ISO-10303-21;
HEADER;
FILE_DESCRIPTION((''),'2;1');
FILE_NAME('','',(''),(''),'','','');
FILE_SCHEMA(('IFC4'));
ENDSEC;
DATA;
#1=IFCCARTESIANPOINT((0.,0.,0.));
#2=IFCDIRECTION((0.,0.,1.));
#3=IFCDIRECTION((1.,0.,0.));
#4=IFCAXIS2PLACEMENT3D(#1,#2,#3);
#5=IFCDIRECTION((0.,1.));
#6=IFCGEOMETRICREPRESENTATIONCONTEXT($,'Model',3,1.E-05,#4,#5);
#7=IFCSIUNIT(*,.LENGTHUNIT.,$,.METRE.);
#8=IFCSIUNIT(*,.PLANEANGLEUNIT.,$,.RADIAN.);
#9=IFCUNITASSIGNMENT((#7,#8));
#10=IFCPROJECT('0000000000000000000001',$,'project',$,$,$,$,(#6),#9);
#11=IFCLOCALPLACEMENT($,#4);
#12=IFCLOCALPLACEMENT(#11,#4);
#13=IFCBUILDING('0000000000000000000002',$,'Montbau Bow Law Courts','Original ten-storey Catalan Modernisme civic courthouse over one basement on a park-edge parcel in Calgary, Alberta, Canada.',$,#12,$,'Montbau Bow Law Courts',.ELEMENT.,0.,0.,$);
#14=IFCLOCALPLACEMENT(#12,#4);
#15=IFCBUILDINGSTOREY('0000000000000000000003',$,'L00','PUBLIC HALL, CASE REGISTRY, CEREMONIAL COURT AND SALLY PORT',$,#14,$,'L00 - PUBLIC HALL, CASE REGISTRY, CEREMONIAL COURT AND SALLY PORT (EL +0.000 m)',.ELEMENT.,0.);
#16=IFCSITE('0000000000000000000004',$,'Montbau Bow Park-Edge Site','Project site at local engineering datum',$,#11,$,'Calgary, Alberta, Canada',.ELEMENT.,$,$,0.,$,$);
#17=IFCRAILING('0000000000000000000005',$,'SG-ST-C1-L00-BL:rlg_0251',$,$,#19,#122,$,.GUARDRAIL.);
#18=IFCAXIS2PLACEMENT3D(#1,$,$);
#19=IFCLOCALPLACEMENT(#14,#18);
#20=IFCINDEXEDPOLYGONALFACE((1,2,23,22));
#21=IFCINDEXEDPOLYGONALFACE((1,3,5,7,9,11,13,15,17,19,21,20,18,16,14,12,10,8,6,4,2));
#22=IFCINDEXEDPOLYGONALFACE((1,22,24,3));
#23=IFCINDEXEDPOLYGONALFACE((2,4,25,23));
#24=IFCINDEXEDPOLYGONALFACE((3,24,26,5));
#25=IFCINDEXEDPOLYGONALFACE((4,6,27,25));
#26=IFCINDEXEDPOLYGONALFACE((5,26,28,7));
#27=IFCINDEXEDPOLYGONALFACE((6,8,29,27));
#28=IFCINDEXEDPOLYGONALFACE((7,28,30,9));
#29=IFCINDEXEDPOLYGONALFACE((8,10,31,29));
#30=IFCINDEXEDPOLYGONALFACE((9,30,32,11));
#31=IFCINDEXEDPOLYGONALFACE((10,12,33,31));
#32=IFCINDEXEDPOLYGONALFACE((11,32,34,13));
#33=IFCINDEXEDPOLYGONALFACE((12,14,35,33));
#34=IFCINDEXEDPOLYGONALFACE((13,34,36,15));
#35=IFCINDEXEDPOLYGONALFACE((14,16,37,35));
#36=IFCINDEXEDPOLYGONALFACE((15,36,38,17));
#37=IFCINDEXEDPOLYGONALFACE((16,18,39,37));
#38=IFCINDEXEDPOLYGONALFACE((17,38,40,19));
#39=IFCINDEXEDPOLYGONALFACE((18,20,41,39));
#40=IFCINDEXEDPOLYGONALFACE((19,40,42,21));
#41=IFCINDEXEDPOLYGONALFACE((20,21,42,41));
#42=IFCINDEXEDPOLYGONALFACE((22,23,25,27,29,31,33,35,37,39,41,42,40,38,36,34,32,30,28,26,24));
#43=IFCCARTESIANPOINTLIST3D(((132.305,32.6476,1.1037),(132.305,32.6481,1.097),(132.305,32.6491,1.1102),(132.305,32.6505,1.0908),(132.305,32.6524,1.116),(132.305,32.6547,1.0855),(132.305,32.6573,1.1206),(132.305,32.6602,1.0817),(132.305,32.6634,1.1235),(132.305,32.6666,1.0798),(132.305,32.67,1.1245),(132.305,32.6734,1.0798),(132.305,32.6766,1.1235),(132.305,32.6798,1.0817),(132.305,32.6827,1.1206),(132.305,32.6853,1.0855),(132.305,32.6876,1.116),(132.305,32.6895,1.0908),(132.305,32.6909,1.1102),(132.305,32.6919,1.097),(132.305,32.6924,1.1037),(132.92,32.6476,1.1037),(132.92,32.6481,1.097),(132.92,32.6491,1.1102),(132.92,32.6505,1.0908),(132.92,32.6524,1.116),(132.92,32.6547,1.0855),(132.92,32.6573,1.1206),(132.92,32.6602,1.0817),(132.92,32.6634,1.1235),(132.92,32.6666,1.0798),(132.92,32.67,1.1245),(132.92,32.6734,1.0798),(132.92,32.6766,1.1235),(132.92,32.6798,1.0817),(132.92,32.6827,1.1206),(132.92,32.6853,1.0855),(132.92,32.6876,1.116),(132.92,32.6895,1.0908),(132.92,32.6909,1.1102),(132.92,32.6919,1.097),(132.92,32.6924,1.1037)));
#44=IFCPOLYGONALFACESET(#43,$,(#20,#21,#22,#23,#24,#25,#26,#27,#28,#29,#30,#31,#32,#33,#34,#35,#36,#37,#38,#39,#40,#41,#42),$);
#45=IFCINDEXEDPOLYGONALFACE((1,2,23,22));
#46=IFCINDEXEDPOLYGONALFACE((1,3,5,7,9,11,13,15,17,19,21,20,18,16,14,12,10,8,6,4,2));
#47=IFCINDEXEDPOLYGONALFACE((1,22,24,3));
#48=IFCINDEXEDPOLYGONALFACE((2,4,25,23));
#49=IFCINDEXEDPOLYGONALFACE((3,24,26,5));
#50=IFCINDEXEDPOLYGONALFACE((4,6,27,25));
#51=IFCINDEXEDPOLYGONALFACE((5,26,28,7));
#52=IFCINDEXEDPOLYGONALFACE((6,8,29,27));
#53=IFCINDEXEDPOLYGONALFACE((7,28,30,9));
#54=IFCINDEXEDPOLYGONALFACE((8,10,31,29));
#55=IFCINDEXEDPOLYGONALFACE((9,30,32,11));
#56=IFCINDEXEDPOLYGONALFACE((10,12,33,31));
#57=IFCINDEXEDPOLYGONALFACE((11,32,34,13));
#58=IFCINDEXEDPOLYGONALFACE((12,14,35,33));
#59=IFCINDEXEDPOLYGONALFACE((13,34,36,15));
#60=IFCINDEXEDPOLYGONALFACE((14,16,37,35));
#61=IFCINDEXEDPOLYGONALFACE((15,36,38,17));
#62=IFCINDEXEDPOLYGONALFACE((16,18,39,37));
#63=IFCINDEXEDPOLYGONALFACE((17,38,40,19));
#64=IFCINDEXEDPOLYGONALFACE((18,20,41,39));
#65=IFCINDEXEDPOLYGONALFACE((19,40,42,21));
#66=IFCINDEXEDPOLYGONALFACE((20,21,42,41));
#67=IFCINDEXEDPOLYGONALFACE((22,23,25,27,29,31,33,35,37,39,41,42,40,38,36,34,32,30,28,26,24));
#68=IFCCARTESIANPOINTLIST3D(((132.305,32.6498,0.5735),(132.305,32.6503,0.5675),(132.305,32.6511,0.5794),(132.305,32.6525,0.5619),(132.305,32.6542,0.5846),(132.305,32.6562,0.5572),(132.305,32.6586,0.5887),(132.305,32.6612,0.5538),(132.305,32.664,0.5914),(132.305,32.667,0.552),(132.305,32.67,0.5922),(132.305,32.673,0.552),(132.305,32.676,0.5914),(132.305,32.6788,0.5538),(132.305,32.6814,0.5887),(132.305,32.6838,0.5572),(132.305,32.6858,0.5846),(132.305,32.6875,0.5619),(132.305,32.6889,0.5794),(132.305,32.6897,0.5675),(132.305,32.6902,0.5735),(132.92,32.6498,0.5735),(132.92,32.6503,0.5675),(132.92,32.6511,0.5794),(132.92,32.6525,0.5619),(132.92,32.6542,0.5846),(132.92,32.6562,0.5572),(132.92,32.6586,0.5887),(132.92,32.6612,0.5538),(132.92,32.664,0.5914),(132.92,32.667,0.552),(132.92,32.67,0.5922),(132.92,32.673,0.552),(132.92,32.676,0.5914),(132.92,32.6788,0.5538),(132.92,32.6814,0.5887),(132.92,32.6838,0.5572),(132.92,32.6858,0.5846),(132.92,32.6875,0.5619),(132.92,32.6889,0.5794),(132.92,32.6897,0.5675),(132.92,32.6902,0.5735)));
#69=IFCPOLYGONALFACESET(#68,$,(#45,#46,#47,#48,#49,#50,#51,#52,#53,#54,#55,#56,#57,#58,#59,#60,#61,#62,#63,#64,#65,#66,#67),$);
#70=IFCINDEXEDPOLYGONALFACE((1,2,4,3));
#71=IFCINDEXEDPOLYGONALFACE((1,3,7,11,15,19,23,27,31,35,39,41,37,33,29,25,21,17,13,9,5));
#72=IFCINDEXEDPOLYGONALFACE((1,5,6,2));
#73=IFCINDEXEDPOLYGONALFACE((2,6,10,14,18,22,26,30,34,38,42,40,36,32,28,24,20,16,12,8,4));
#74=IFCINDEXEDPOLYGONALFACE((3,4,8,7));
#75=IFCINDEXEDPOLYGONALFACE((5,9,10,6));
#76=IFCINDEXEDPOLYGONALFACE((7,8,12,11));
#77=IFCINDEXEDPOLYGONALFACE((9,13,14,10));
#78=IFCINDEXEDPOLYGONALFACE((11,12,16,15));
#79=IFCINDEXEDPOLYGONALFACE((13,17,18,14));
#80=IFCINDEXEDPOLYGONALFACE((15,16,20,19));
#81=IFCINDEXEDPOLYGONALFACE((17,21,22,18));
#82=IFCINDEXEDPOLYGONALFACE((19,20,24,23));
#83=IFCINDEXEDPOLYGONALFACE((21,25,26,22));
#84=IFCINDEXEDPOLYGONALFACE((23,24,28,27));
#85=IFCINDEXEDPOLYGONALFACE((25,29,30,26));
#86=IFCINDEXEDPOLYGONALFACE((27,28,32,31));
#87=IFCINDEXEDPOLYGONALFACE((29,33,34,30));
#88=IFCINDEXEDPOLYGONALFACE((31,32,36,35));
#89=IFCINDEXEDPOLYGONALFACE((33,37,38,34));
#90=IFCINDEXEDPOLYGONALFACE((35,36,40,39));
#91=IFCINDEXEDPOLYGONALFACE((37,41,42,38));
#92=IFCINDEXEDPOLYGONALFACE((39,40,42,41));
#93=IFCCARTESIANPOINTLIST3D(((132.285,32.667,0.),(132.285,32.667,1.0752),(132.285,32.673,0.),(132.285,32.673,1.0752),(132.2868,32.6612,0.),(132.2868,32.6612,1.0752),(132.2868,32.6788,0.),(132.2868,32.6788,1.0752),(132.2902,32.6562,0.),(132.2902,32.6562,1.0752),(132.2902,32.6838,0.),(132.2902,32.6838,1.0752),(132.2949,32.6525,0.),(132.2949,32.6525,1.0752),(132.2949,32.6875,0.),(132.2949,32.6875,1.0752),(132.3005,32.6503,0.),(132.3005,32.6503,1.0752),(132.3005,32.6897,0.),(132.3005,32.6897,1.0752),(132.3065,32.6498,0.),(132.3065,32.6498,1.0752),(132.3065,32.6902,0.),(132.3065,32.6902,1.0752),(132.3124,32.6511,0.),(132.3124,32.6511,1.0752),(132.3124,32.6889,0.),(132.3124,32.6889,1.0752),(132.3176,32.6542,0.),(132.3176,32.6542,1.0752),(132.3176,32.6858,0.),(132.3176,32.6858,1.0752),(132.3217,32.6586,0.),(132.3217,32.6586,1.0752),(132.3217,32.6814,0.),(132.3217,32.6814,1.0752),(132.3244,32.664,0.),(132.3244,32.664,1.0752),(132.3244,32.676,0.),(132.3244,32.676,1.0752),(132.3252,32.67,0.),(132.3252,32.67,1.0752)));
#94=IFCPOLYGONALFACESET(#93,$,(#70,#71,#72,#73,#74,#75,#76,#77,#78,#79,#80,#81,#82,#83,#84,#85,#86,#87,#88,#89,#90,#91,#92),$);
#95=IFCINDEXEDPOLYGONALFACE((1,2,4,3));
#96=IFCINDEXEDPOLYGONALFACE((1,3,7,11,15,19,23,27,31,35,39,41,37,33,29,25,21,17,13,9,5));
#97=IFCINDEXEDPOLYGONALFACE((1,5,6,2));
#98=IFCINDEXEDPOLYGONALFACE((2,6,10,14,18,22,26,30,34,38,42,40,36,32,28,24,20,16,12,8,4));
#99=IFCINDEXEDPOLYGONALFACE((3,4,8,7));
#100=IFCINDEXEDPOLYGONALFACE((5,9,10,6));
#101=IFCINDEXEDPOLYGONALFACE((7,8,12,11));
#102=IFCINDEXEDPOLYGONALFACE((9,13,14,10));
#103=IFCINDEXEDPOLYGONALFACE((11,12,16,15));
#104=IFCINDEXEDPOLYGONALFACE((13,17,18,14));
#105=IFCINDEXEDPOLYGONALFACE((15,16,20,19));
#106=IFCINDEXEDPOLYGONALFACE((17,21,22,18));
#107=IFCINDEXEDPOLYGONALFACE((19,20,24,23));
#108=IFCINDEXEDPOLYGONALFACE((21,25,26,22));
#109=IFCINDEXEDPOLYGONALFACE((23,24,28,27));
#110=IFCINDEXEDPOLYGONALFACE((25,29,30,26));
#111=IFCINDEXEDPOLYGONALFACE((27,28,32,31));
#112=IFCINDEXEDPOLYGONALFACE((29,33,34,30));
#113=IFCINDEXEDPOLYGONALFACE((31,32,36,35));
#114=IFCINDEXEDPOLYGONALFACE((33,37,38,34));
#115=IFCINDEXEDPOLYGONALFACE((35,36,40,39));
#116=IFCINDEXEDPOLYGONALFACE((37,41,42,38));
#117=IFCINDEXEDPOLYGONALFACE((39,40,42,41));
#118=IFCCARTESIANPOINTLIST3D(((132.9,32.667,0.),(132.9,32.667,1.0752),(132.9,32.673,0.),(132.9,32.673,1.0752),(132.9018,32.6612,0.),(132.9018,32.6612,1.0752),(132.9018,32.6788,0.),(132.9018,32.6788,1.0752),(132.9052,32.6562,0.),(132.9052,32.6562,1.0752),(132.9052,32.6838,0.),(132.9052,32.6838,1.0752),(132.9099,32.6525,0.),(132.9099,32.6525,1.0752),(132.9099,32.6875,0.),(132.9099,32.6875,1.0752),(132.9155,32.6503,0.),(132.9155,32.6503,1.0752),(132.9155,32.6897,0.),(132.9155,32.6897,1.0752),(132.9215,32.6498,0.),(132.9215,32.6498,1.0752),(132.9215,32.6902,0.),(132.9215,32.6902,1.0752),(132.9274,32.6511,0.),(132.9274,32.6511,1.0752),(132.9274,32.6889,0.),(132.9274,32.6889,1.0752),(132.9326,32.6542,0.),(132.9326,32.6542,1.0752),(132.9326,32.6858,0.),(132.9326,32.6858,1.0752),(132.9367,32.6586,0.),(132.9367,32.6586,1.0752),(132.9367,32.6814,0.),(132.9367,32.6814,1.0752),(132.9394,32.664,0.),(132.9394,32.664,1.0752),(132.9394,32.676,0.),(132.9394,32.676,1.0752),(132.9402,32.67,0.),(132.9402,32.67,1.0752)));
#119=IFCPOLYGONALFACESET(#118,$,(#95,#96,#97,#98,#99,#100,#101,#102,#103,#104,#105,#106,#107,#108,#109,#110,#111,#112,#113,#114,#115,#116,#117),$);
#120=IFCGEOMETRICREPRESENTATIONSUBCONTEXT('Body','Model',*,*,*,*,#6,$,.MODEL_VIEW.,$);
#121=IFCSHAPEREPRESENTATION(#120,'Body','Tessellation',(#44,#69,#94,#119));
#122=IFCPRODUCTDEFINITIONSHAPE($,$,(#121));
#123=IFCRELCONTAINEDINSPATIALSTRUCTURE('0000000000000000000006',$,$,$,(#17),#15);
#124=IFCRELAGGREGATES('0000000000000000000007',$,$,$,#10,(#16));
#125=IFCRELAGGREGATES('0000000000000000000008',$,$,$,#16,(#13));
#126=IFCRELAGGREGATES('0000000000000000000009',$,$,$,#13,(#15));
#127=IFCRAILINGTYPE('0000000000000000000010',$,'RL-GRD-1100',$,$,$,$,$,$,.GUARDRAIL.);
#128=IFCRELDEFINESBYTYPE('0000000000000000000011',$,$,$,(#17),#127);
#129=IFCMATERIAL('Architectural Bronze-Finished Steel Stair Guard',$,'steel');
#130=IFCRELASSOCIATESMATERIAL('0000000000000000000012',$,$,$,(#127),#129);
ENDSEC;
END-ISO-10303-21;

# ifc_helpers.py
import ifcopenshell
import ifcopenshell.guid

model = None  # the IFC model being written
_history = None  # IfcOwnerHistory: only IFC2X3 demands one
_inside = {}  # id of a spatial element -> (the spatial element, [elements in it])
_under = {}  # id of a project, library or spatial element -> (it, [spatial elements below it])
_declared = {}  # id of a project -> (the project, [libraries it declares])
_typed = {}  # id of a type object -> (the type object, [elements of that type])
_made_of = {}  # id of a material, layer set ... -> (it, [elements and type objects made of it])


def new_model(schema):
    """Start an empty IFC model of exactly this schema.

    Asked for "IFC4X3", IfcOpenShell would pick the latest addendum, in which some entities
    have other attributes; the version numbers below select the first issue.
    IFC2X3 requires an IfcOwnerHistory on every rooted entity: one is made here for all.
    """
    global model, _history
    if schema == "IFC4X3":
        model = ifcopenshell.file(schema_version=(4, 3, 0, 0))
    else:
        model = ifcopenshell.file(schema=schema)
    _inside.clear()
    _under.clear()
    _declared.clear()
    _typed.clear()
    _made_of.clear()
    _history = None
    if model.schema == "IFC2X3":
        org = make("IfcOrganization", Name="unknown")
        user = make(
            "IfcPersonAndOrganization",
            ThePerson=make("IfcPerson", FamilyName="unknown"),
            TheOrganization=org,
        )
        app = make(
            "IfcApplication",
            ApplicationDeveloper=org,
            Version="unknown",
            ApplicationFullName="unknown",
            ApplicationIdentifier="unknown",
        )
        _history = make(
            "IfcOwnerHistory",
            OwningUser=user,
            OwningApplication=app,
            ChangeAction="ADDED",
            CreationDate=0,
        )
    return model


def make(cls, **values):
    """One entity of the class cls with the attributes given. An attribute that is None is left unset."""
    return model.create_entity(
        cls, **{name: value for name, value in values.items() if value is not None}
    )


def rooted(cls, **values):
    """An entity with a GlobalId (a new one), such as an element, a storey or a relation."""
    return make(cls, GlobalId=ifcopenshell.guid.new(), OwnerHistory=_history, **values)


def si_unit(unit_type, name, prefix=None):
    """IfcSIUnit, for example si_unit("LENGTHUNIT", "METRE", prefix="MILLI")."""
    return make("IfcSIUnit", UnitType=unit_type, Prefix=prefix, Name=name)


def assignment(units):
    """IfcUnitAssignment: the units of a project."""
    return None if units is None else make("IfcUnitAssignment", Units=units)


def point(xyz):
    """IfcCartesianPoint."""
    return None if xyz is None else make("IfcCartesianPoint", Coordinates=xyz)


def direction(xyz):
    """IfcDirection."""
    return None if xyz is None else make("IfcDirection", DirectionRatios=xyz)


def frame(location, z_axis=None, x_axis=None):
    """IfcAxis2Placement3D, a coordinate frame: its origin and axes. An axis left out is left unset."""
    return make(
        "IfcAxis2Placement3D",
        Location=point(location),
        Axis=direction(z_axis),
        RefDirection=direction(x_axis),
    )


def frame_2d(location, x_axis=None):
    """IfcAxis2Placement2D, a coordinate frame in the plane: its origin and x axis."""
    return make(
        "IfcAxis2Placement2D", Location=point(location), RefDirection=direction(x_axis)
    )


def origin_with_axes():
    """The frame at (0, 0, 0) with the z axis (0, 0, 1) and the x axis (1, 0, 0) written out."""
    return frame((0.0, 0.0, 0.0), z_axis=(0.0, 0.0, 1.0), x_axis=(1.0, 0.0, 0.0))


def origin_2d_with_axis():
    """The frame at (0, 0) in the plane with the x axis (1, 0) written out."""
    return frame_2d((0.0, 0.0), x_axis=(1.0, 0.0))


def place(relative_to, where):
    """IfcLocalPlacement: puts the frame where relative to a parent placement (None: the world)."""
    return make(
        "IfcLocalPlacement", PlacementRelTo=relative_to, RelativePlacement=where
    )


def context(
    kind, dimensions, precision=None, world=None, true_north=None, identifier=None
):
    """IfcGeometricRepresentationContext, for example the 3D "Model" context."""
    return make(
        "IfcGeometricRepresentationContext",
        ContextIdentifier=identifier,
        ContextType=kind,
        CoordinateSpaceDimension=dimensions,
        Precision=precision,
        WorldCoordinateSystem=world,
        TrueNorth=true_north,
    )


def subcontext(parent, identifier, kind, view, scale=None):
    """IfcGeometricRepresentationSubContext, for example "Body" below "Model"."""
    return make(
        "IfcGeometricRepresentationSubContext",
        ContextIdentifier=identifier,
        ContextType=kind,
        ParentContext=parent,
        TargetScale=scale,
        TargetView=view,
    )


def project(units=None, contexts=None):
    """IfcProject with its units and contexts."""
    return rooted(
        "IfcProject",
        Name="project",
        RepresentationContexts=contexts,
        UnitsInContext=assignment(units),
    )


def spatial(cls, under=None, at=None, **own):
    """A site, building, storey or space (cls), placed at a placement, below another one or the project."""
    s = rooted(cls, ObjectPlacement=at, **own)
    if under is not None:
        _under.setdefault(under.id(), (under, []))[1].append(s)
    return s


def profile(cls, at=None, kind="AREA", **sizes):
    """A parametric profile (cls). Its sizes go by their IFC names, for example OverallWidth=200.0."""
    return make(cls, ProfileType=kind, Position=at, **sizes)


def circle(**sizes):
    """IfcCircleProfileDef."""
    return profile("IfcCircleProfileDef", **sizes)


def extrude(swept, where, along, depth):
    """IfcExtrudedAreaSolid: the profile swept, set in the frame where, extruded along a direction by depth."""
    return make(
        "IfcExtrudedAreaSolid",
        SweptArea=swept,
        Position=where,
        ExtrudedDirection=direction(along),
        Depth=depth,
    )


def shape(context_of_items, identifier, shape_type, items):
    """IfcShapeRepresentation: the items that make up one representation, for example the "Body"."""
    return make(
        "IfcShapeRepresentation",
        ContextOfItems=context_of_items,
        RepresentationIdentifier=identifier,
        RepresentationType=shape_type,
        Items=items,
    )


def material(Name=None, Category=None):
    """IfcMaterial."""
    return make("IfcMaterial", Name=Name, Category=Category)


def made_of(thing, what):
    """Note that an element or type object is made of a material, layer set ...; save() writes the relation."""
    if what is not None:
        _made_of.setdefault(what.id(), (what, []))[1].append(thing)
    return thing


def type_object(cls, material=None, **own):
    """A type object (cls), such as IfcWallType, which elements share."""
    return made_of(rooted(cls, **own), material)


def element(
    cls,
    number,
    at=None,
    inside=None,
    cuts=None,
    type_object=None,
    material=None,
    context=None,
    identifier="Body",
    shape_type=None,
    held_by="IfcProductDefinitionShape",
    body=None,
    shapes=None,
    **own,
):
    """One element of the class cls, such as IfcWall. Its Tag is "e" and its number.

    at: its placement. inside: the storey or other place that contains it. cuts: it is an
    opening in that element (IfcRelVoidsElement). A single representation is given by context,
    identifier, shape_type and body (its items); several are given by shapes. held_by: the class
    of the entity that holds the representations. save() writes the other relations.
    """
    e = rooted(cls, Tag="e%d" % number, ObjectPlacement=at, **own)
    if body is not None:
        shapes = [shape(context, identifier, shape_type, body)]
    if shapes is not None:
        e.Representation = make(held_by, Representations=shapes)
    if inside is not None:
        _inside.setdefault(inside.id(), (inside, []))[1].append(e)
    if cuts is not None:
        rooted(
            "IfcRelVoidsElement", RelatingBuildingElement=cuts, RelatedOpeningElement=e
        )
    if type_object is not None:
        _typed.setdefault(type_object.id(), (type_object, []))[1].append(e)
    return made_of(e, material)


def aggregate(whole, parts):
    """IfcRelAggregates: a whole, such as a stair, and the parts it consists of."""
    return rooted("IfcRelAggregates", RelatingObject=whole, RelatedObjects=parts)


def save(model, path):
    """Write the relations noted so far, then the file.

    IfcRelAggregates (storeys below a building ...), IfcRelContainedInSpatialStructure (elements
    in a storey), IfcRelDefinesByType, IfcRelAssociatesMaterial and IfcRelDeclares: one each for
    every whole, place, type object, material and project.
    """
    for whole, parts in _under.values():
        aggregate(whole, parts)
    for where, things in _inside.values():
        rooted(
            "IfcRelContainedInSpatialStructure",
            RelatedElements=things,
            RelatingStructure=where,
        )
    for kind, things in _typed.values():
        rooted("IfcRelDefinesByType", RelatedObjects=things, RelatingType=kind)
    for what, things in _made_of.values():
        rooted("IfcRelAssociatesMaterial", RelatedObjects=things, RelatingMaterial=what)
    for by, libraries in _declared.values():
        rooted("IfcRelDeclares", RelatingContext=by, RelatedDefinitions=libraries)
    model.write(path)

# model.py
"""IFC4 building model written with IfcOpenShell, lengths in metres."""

from ifc_helpers import new_model, si_unit, direction, frame, origin_with_axes, origin_2d_with_axis, place, context, subcontext, project, spatial, circle, extrude, material, type_object, element, save


model = new_model("IFC4")

# Units and contexts
model_context = context("Model", 3, precision=1e-05, world=origin_with_axes(), true_north=direction((0.0, 1.0)))
body_context = subcontext(model_context, "Body", "Model", "MODEL_VIEW")
ifc_project = project(units=[si_unit("LENGTHUNIT", "METRE"), si_unit("PLANEANGLEUNIT", "RADIAN")], contexts=[model_context])

# Site, building, storey
site_placement = place(None, origin_with_axes())
site = spatial("IfcSite", under=ifc_project, at=site_placement, Name="Montbau Bow Park-Edge Site", Description="Project site at local engineering datum", LongName="Calgary, Alberta, Canada", CompositionType="ELEMENT", RefElevation=0.0)
building_placement = place(site_placement, origin_with_axes())
building = spatial("IfcBuilding", under=site, at=building_placement, Name="Montbau Bow Law Courts", Description="Original ten-storey Catalan Modernisme civic courthouse over one basement on a park-edge parcel in Calgary, Alberta, Canada.", LongName="Montbau Bow Law Courts", CompositionType="ELEMENT", ElevationOfRefHeight=0.0, ElevationOfTerrain=0.0)
storey_placement = place(building_placement, origin_with_axes())
storey = spatial("IfcBuildingStorey", under=building, at=storey_placement, Name="L00", Description="PUBLIC HALL, CASE REGISTRY, CEREMONIAL COURT AND SALLY PORT", LongName="L00 - PUBLIC HALL, CASE REGISTRY, CEREMONIAL COURT AND SALLY PORT (EL +0.000 m)", CompositionType="ELEMENT", Elevation=0.0)

# Railing
ifc_material_1 = material(Name="Architectural Bronze-Finished Steel Stair Guard", Category="steel")
railing_type_1 = type_object("IfcRailingType", Name="RL-GRD-1100", PredefinedType="GUARDRAIL", material=ifc_material_1)
railing_1_placement = place(None, origin_with_axes())
element("IfcRailing", 1, at=railing_1_placement, inside=storey, type_object=railing_type_1, Name="SG-ST-C1-L00-BL:rlg_0251", PredefinedType="GUARDRAIL", context=body_context, shape_type="SweptSolid", body=[
    extrude(circle(Radius=0.0225, at=origin_2d_with_axis()), frame((132.305, 32.67, 1.102), z_axis=(1.0, 0.0, 0.0), x_axis=(0.0, 0.0, 1.0)), (0.0, 0.0, 1.0), 0.615),
    extrude(circle(Radius=0.0203, at=origin_2d_with_axis()), frame((132.305, 32.67, 0.572), z_axis=(1.0, 0.0, 0.0), x_axis=(0.0, 0.0, 1.0)), (0.0, 0.0, 1.0), 0.615),
    extrude(circle(Radius=0.0203, at=origin_2d_with_axis()), frame((132.305, 32.67, 0.0), z_axis=(0.0, 0.0, 1.0), x_axis=(1.0, 0.0, 0.0)), (0.0, 0.0, 1.0), 1.0753),
    extrude(circle(Radius=0.0203, at=origin_2d_with_axis()), frame((132.92, 32.67, 0.0), z_axis=(0.0, 0.0, 1.0), x_axis=(1.0, 0.0, 0.0)), (0.0, 0.0, 1.0), 1.0753),
])

save(model, "model.ifc")
